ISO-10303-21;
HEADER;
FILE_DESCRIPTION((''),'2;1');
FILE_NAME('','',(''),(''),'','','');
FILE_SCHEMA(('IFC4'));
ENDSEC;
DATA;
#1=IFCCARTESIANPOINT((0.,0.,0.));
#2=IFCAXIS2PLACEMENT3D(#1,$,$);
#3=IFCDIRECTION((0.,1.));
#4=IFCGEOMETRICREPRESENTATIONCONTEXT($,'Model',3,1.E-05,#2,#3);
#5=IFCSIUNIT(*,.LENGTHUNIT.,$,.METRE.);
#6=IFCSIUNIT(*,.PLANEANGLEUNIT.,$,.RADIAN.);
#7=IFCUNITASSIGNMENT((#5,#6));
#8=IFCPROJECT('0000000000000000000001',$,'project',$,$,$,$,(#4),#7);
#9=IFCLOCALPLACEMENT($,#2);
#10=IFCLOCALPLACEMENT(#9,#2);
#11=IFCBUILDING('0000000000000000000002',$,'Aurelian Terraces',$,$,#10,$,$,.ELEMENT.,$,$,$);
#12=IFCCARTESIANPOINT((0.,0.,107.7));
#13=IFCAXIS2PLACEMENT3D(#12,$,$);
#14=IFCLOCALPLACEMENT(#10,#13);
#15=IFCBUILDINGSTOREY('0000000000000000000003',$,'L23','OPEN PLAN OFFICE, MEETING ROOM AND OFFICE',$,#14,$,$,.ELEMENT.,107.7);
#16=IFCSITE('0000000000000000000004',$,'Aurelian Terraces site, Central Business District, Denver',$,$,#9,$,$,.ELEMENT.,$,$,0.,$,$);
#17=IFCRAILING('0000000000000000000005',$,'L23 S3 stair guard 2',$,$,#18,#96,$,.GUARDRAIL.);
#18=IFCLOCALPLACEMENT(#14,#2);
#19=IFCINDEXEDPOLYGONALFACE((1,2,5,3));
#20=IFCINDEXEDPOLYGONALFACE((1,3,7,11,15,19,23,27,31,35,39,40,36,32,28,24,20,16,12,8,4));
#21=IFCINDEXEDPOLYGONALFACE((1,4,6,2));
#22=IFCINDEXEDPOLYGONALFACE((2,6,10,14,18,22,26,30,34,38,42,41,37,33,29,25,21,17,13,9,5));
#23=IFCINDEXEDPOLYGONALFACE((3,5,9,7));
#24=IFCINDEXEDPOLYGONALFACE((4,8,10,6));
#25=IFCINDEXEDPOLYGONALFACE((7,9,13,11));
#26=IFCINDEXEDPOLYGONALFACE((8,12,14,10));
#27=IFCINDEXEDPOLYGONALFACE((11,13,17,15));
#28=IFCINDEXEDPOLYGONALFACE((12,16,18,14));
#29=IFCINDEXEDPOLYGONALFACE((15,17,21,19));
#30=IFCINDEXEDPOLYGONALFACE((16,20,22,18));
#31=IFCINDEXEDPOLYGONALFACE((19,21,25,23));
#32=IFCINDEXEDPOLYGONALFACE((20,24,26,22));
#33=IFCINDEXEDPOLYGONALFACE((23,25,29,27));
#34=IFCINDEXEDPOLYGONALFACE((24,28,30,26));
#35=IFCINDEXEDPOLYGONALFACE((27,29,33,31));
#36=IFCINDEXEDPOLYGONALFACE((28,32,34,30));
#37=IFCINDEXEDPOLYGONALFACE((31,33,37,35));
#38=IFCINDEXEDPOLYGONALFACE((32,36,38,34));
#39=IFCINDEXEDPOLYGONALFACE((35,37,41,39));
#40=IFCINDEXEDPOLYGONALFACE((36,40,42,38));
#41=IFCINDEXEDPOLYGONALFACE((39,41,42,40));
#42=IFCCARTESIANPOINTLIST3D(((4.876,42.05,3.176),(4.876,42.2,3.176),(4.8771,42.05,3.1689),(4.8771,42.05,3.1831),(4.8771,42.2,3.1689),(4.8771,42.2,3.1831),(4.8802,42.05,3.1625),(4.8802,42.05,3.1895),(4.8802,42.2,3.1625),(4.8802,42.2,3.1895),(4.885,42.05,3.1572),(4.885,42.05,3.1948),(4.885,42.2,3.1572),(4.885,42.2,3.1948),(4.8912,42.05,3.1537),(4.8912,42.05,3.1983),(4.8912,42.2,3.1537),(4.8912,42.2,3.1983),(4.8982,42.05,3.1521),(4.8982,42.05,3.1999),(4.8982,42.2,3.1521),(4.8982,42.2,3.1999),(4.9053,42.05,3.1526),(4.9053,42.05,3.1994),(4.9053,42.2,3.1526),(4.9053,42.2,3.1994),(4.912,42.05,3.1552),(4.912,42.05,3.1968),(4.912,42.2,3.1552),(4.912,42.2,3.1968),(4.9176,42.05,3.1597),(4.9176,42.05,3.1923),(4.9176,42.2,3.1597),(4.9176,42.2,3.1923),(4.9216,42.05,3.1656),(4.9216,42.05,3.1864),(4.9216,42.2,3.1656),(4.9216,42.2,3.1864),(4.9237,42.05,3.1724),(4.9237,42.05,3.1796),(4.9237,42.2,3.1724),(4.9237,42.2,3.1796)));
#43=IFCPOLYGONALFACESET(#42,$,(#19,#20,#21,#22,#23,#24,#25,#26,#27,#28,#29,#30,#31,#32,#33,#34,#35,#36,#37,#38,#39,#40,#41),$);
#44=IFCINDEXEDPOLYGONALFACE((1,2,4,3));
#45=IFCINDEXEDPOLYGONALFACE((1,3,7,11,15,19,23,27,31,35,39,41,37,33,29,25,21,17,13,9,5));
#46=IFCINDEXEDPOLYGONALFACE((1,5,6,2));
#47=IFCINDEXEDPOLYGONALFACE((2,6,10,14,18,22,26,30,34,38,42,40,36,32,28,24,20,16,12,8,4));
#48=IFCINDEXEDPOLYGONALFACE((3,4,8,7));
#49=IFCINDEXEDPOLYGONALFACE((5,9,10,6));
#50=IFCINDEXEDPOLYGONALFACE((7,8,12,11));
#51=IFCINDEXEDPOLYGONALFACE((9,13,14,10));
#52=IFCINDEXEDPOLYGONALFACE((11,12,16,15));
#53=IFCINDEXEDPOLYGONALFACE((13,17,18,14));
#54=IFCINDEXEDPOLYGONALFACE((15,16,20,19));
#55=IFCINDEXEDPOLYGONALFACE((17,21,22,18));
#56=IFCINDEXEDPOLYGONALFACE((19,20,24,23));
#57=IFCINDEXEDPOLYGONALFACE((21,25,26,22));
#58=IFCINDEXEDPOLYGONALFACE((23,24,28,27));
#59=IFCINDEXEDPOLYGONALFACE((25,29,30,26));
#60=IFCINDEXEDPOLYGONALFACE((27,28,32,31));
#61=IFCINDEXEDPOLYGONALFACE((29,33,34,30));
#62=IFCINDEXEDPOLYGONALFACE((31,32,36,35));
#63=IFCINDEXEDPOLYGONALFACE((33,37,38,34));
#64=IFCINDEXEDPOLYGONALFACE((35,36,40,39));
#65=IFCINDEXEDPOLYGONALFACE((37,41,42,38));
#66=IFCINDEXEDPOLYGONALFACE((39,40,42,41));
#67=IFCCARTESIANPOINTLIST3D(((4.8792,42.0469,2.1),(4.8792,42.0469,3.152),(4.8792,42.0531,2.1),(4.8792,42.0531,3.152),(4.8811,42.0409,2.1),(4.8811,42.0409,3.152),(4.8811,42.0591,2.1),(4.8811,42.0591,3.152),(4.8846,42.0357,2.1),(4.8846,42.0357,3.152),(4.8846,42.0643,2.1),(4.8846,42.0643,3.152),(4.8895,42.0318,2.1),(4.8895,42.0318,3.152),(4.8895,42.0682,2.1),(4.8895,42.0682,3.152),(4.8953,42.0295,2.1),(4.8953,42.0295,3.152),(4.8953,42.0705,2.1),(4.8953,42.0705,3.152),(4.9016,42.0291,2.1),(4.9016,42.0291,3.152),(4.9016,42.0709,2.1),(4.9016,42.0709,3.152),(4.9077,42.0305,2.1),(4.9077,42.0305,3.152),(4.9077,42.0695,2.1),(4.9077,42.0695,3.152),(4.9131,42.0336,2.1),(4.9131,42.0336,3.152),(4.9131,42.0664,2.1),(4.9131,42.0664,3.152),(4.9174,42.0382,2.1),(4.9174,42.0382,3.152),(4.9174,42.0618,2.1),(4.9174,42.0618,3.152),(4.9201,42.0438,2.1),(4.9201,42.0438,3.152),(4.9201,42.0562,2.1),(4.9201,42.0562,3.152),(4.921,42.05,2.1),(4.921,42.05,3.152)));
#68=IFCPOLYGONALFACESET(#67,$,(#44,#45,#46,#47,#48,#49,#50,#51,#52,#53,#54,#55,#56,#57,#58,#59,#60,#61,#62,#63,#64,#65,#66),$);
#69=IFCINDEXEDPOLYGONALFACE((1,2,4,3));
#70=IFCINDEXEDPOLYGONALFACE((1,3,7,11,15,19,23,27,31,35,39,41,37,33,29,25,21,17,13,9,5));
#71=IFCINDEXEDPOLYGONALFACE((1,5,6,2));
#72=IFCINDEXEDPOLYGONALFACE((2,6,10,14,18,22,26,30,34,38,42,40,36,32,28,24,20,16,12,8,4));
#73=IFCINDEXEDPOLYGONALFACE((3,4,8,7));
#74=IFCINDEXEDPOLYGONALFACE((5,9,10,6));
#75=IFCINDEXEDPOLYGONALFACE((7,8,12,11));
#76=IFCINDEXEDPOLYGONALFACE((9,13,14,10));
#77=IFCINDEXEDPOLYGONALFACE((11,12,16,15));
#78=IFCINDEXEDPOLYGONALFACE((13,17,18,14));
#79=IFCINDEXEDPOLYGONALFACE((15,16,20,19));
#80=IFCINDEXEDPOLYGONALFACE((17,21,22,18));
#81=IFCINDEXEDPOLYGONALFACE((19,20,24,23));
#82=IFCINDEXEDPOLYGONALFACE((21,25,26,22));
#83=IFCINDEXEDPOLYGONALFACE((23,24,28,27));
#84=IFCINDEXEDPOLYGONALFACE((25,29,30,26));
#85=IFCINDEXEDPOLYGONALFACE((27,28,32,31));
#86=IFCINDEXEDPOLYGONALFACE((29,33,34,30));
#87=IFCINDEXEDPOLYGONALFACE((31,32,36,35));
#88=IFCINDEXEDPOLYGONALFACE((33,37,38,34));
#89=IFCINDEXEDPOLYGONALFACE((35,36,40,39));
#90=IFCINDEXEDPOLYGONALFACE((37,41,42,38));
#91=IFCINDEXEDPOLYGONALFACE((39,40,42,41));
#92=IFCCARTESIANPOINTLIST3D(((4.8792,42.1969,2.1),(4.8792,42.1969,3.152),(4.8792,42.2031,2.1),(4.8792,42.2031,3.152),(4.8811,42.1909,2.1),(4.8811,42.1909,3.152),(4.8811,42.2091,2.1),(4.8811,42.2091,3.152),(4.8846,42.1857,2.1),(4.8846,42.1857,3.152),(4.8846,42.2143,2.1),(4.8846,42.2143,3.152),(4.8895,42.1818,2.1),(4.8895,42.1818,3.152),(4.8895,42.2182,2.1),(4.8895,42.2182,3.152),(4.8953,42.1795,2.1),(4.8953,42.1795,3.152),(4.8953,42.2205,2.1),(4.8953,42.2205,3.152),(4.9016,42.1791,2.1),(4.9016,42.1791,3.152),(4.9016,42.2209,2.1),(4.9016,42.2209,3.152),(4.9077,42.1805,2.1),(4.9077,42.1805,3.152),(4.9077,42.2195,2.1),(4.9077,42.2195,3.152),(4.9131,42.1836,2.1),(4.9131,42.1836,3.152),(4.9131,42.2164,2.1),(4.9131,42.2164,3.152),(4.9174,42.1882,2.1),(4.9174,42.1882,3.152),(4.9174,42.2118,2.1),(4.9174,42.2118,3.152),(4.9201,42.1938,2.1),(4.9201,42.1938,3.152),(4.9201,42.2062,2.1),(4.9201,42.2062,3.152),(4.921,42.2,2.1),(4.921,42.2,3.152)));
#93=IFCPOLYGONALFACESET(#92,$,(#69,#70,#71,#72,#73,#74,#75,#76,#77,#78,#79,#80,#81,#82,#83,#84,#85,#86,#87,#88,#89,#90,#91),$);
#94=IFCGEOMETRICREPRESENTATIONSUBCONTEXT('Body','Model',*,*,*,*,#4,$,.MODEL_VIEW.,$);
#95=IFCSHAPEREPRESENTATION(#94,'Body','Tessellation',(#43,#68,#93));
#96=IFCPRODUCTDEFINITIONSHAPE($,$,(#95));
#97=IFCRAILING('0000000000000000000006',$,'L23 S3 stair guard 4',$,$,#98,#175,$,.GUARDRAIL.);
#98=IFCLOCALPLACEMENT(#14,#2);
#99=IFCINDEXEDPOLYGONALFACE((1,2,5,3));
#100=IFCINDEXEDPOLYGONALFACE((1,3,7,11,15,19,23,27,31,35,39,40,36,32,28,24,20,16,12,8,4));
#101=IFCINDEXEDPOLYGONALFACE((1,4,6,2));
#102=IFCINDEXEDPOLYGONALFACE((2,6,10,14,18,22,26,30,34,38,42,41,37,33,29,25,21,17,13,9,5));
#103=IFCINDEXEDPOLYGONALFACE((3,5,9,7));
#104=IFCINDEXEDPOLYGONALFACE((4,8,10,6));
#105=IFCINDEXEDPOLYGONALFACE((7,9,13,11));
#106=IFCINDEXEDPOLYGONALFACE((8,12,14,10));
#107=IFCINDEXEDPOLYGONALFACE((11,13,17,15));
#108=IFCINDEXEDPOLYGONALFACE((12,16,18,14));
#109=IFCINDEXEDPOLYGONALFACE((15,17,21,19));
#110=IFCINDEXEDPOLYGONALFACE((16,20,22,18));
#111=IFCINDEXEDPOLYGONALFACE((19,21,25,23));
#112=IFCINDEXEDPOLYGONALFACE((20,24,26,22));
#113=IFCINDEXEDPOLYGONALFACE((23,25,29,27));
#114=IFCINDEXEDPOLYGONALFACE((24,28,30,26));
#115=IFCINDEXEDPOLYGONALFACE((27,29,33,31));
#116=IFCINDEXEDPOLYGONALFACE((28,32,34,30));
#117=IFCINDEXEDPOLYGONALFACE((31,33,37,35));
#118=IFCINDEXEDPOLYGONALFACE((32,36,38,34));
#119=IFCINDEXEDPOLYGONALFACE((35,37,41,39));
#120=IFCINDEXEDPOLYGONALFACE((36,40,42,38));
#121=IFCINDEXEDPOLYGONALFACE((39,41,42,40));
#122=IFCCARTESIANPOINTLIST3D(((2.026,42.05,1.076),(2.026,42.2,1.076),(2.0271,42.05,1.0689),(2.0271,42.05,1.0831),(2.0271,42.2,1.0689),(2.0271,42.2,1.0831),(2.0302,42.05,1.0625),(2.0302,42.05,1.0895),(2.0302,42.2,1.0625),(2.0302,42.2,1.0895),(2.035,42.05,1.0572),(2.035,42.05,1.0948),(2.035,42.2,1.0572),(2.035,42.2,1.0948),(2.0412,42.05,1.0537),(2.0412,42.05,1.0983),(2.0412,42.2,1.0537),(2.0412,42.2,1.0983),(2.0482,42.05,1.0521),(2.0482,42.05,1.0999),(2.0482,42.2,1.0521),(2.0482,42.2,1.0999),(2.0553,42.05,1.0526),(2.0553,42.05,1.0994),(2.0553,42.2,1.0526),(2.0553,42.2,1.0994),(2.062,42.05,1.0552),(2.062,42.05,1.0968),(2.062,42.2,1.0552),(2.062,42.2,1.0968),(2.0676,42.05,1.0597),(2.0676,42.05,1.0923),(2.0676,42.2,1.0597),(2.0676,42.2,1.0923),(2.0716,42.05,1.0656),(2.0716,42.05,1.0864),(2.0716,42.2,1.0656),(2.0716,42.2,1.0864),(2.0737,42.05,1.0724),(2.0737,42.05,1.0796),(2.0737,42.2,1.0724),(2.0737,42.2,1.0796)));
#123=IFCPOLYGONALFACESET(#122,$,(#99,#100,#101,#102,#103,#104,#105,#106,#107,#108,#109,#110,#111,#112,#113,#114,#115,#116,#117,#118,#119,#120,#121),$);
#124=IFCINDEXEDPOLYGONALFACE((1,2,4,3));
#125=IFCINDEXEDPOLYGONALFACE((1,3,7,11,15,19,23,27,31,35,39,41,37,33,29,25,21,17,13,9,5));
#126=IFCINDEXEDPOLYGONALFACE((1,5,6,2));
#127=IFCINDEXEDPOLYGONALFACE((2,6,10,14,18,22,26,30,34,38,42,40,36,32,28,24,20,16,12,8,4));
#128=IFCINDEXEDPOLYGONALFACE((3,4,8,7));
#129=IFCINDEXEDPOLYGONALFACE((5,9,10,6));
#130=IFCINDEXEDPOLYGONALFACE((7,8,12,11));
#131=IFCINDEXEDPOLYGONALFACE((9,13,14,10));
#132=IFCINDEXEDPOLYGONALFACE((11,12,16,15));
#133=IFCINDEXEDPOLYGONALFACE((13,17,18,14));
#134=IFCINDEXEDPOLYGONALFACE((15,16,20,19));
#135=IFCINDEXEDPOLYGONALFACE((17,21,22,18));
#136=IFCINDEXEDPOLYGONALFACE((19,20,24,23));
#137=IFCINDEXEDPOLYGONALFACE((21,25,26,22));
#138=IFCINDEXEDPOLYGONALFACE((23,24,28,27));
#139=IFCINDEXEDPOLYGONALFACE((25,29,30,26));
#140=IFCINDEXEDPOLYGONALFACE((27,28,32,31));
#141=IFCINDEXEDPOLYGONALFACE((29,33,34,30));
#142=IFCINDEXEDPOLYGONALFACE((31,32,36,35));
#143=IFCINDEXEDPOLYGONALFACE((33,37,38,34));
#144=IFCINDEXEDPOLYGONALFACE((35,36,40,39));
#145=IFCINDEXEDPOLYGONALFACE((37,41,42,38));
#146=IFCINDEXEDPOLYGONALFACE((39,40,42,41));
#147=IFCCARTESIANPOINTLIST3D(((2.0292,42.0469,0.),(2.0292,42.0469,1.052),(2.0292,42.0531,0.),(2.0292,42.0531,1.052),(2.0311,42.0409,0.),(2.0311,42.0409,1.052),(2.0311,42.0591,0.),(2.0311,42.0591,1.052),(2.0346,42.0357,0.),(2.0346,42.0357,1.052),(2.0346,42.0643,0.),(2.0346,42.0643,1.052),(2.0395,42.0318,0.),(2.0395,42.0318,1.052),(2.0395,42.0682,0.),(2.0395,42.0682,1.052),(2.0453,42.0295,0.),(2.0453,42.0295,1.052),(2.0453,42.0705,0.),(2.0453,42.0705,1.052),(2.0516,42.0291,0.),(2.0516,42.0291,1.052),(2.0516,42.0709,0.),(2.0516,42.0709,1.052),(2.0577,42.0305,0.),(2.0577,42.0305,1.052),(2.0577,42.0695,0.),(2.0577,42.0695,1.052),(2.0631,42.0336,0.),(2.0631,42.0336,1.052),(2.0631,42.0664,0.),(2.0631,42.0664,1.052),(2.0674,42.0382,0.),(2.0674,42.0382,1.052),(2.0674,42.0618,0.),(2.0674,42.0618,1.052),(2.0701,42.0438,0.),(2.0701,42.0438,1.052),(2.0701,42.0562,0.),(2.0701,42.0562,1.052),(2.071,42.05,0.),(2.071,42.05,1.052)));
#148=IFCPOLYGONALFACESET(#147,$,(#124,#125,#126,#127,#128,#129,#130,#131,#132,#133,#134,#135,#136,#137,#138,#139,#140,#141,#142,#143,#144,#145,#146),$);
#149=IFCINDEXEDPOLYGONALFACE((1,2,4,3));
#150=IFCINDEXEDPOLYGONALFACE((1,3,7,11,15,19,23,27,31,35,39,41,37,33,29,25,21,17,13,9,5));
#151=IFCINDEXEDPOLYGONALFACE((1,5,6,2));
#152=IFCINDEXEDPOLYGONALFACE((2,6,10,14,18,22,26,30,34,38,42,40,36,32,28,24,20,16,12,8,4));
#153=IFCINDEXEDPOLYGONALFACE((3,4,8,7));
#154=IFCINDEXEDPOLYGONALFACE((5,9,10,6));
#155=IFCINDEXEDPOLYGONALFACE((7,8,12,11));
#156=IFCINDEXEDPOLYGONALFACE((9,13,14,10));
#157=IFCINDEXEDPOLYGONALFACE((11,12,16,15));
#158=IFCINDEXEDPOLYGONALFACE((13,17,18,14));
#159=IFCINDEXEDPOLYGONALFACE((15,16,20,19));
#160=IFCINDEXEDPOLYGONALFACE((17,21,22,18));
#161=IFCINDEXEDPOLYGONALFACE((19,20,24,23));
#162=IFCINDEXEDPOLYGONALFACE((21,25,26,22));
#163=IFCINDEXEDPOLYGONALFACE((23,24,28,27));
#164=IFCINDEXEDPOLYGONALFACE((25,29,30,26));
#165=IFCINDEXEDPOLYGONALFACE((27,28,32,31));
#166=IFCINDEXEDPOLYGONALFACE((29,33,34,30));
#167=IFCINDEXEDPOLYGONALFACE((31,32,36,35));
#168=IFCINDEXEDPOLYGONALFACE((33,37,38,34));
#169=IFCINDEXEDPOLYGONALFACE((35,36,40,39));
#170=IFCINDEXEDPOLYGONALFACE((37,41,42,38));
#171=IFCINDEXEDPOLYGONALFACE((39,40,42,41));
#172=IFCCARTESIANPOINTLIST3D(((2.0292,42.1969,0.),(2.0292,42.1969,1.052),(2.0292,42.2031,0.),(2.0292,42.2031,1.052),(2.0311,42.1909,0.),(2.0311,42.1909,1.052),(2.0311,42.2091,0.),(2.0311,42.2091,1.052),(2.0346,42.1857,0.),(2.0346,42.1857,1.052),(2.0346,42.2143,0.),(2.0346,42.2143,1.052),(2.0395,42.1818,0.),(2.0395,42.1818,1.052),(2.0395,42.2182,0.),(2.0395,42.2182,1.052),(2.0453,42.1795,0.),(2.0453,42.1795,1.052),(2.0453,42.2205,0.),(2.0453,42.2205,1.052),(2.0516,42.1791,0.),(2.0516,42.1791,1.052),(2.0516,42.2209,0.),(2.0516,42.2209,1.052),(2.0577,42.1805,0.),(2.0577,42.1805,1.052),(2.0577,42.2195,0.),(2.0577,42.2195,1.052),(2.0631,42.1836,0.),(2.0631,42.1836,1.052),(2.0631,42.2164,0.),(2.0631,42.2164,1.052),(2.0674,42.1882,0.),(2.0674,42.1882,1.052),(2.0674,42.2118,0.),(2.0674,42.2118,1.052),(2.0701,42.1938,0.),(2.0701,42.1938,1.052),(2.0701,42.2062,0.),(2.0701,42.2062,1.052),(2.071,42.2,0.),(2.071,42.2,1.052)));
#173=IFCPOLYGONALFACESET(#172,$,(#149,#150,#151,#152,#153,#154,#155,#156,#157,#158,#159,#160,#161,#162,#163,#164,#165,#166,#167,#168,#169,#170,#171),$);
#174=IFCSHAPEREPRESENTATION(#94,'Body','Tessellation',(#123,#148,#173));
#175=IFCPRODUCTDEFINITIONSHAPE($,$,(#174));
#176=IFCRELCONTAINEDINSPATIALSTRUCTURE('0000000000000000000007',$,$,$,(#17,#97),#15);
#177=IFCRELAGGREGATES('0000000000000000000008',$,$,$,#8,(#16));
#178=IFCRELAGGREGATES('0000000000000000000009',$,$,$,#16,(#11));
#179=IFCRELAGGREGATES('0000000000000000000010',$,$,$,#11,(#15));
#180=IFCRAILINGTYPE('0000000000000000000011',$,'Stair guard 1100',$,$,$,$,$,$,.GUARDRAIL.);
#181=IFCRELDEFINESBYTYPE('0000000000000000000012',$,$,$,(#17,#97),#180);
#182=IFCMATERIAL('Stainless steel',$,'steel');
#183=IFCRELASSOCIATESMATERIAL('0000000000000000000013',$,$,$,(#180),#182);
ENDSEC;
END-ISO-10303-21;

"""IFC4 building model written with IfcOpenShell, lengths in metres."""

from ifc_helpers import new_model, si_unit, direction, frame, origin, origin_2d, place, context, subcontext, project, spatial, circle, extrude, source, transform, mapped, material, type_object, element, save


model = new_model("IFC4")

# Units and contexts
model_context = context("Model", 3, precision=1e-05, world=origin(), true_north=direction((0.0, 1.0)))
body_context = subcontext(model_context, "Body", "Model", "MODEL_VIEW")
ifc_project = project(units=[si_unit("LENGTHUNIT", "METRE"), si_unit("PLANEANGLEUNIT", "RADIAN")], contexts=[model_context])

# Site, building, storey
site_placement = place(None, origin())
site = spatial("IfcSite", under=ifc_project, at=site_placement, Name="Aurelian Terraces site, Central Business District, Denver", CompositionType="ELEMENT", RefElevation=0.0)
building_placement = place(site_placement, origin())
building = spatial("IfcBuilding", under=site, at=building_placement, Name="Aurelian Terraces", CompositionType="ELEMENT")
storey_placement = place(building_placement, frame((0.0, 0.0, 107.7)))
storey = spatial("IfcBuildingStorey", under=building, at=storey_placement, Name="L23", Description="OPEN PLAN OFFICE, MEETING ROOM AND OFFICE", CompositionType="ELEMENT", Elevation=107.7)

# Railings
ifc_material_1 = material(Name="Stainless steel", Category="steel")
railing_type_1 = type_object("IfcRailingType", Name="Stair guard 1100", PredefinedType="GUARDRAIL", material=ifc_material_1)
shared_shape_1 = source(origin(), body_context, "Body", "SweptSolid", [
    extrude(circle(Radius=0.024, at=origin_2d()), frame((0.0, 0.0, 1.076), z_axis=(0.0, 1.0, 0.0), x_axis=(-1.0, 0.0, 0.0)), (0.0, 0.0, 1.0), 0.15),
    extrude(circle(Radius=0.021, at=origin_2d()), origin(), (0.0, 0.0, 1.0), 1.052),
    extrude(circle(Radius=0.021, at=origin_2d()), frame((0.0, 0.15, 0.0)), (0.0, 0.0, 1.0), 1.052),
])
for number, where, name in (
    (1, (4.9, 42.05, 2.1), "L23 S3 stair guard 2"),
    (2, (2.05, 42.05, 0.0), "L23 S3 stair guard 4"),
):
    element("IfcRailing", number, at=place(storey_placement, frame(where)), inside=storey, type_object=railing_type_1, Name=name, PredefinedType="GUARDRAIL", context=body_context, shape_type="MappedRepresentation", body=[
        mapped(shared_shape_1, transform((0.0, 0.0, 0.0), scale=1.0)),
    ])

save(model, "model.ifc")
